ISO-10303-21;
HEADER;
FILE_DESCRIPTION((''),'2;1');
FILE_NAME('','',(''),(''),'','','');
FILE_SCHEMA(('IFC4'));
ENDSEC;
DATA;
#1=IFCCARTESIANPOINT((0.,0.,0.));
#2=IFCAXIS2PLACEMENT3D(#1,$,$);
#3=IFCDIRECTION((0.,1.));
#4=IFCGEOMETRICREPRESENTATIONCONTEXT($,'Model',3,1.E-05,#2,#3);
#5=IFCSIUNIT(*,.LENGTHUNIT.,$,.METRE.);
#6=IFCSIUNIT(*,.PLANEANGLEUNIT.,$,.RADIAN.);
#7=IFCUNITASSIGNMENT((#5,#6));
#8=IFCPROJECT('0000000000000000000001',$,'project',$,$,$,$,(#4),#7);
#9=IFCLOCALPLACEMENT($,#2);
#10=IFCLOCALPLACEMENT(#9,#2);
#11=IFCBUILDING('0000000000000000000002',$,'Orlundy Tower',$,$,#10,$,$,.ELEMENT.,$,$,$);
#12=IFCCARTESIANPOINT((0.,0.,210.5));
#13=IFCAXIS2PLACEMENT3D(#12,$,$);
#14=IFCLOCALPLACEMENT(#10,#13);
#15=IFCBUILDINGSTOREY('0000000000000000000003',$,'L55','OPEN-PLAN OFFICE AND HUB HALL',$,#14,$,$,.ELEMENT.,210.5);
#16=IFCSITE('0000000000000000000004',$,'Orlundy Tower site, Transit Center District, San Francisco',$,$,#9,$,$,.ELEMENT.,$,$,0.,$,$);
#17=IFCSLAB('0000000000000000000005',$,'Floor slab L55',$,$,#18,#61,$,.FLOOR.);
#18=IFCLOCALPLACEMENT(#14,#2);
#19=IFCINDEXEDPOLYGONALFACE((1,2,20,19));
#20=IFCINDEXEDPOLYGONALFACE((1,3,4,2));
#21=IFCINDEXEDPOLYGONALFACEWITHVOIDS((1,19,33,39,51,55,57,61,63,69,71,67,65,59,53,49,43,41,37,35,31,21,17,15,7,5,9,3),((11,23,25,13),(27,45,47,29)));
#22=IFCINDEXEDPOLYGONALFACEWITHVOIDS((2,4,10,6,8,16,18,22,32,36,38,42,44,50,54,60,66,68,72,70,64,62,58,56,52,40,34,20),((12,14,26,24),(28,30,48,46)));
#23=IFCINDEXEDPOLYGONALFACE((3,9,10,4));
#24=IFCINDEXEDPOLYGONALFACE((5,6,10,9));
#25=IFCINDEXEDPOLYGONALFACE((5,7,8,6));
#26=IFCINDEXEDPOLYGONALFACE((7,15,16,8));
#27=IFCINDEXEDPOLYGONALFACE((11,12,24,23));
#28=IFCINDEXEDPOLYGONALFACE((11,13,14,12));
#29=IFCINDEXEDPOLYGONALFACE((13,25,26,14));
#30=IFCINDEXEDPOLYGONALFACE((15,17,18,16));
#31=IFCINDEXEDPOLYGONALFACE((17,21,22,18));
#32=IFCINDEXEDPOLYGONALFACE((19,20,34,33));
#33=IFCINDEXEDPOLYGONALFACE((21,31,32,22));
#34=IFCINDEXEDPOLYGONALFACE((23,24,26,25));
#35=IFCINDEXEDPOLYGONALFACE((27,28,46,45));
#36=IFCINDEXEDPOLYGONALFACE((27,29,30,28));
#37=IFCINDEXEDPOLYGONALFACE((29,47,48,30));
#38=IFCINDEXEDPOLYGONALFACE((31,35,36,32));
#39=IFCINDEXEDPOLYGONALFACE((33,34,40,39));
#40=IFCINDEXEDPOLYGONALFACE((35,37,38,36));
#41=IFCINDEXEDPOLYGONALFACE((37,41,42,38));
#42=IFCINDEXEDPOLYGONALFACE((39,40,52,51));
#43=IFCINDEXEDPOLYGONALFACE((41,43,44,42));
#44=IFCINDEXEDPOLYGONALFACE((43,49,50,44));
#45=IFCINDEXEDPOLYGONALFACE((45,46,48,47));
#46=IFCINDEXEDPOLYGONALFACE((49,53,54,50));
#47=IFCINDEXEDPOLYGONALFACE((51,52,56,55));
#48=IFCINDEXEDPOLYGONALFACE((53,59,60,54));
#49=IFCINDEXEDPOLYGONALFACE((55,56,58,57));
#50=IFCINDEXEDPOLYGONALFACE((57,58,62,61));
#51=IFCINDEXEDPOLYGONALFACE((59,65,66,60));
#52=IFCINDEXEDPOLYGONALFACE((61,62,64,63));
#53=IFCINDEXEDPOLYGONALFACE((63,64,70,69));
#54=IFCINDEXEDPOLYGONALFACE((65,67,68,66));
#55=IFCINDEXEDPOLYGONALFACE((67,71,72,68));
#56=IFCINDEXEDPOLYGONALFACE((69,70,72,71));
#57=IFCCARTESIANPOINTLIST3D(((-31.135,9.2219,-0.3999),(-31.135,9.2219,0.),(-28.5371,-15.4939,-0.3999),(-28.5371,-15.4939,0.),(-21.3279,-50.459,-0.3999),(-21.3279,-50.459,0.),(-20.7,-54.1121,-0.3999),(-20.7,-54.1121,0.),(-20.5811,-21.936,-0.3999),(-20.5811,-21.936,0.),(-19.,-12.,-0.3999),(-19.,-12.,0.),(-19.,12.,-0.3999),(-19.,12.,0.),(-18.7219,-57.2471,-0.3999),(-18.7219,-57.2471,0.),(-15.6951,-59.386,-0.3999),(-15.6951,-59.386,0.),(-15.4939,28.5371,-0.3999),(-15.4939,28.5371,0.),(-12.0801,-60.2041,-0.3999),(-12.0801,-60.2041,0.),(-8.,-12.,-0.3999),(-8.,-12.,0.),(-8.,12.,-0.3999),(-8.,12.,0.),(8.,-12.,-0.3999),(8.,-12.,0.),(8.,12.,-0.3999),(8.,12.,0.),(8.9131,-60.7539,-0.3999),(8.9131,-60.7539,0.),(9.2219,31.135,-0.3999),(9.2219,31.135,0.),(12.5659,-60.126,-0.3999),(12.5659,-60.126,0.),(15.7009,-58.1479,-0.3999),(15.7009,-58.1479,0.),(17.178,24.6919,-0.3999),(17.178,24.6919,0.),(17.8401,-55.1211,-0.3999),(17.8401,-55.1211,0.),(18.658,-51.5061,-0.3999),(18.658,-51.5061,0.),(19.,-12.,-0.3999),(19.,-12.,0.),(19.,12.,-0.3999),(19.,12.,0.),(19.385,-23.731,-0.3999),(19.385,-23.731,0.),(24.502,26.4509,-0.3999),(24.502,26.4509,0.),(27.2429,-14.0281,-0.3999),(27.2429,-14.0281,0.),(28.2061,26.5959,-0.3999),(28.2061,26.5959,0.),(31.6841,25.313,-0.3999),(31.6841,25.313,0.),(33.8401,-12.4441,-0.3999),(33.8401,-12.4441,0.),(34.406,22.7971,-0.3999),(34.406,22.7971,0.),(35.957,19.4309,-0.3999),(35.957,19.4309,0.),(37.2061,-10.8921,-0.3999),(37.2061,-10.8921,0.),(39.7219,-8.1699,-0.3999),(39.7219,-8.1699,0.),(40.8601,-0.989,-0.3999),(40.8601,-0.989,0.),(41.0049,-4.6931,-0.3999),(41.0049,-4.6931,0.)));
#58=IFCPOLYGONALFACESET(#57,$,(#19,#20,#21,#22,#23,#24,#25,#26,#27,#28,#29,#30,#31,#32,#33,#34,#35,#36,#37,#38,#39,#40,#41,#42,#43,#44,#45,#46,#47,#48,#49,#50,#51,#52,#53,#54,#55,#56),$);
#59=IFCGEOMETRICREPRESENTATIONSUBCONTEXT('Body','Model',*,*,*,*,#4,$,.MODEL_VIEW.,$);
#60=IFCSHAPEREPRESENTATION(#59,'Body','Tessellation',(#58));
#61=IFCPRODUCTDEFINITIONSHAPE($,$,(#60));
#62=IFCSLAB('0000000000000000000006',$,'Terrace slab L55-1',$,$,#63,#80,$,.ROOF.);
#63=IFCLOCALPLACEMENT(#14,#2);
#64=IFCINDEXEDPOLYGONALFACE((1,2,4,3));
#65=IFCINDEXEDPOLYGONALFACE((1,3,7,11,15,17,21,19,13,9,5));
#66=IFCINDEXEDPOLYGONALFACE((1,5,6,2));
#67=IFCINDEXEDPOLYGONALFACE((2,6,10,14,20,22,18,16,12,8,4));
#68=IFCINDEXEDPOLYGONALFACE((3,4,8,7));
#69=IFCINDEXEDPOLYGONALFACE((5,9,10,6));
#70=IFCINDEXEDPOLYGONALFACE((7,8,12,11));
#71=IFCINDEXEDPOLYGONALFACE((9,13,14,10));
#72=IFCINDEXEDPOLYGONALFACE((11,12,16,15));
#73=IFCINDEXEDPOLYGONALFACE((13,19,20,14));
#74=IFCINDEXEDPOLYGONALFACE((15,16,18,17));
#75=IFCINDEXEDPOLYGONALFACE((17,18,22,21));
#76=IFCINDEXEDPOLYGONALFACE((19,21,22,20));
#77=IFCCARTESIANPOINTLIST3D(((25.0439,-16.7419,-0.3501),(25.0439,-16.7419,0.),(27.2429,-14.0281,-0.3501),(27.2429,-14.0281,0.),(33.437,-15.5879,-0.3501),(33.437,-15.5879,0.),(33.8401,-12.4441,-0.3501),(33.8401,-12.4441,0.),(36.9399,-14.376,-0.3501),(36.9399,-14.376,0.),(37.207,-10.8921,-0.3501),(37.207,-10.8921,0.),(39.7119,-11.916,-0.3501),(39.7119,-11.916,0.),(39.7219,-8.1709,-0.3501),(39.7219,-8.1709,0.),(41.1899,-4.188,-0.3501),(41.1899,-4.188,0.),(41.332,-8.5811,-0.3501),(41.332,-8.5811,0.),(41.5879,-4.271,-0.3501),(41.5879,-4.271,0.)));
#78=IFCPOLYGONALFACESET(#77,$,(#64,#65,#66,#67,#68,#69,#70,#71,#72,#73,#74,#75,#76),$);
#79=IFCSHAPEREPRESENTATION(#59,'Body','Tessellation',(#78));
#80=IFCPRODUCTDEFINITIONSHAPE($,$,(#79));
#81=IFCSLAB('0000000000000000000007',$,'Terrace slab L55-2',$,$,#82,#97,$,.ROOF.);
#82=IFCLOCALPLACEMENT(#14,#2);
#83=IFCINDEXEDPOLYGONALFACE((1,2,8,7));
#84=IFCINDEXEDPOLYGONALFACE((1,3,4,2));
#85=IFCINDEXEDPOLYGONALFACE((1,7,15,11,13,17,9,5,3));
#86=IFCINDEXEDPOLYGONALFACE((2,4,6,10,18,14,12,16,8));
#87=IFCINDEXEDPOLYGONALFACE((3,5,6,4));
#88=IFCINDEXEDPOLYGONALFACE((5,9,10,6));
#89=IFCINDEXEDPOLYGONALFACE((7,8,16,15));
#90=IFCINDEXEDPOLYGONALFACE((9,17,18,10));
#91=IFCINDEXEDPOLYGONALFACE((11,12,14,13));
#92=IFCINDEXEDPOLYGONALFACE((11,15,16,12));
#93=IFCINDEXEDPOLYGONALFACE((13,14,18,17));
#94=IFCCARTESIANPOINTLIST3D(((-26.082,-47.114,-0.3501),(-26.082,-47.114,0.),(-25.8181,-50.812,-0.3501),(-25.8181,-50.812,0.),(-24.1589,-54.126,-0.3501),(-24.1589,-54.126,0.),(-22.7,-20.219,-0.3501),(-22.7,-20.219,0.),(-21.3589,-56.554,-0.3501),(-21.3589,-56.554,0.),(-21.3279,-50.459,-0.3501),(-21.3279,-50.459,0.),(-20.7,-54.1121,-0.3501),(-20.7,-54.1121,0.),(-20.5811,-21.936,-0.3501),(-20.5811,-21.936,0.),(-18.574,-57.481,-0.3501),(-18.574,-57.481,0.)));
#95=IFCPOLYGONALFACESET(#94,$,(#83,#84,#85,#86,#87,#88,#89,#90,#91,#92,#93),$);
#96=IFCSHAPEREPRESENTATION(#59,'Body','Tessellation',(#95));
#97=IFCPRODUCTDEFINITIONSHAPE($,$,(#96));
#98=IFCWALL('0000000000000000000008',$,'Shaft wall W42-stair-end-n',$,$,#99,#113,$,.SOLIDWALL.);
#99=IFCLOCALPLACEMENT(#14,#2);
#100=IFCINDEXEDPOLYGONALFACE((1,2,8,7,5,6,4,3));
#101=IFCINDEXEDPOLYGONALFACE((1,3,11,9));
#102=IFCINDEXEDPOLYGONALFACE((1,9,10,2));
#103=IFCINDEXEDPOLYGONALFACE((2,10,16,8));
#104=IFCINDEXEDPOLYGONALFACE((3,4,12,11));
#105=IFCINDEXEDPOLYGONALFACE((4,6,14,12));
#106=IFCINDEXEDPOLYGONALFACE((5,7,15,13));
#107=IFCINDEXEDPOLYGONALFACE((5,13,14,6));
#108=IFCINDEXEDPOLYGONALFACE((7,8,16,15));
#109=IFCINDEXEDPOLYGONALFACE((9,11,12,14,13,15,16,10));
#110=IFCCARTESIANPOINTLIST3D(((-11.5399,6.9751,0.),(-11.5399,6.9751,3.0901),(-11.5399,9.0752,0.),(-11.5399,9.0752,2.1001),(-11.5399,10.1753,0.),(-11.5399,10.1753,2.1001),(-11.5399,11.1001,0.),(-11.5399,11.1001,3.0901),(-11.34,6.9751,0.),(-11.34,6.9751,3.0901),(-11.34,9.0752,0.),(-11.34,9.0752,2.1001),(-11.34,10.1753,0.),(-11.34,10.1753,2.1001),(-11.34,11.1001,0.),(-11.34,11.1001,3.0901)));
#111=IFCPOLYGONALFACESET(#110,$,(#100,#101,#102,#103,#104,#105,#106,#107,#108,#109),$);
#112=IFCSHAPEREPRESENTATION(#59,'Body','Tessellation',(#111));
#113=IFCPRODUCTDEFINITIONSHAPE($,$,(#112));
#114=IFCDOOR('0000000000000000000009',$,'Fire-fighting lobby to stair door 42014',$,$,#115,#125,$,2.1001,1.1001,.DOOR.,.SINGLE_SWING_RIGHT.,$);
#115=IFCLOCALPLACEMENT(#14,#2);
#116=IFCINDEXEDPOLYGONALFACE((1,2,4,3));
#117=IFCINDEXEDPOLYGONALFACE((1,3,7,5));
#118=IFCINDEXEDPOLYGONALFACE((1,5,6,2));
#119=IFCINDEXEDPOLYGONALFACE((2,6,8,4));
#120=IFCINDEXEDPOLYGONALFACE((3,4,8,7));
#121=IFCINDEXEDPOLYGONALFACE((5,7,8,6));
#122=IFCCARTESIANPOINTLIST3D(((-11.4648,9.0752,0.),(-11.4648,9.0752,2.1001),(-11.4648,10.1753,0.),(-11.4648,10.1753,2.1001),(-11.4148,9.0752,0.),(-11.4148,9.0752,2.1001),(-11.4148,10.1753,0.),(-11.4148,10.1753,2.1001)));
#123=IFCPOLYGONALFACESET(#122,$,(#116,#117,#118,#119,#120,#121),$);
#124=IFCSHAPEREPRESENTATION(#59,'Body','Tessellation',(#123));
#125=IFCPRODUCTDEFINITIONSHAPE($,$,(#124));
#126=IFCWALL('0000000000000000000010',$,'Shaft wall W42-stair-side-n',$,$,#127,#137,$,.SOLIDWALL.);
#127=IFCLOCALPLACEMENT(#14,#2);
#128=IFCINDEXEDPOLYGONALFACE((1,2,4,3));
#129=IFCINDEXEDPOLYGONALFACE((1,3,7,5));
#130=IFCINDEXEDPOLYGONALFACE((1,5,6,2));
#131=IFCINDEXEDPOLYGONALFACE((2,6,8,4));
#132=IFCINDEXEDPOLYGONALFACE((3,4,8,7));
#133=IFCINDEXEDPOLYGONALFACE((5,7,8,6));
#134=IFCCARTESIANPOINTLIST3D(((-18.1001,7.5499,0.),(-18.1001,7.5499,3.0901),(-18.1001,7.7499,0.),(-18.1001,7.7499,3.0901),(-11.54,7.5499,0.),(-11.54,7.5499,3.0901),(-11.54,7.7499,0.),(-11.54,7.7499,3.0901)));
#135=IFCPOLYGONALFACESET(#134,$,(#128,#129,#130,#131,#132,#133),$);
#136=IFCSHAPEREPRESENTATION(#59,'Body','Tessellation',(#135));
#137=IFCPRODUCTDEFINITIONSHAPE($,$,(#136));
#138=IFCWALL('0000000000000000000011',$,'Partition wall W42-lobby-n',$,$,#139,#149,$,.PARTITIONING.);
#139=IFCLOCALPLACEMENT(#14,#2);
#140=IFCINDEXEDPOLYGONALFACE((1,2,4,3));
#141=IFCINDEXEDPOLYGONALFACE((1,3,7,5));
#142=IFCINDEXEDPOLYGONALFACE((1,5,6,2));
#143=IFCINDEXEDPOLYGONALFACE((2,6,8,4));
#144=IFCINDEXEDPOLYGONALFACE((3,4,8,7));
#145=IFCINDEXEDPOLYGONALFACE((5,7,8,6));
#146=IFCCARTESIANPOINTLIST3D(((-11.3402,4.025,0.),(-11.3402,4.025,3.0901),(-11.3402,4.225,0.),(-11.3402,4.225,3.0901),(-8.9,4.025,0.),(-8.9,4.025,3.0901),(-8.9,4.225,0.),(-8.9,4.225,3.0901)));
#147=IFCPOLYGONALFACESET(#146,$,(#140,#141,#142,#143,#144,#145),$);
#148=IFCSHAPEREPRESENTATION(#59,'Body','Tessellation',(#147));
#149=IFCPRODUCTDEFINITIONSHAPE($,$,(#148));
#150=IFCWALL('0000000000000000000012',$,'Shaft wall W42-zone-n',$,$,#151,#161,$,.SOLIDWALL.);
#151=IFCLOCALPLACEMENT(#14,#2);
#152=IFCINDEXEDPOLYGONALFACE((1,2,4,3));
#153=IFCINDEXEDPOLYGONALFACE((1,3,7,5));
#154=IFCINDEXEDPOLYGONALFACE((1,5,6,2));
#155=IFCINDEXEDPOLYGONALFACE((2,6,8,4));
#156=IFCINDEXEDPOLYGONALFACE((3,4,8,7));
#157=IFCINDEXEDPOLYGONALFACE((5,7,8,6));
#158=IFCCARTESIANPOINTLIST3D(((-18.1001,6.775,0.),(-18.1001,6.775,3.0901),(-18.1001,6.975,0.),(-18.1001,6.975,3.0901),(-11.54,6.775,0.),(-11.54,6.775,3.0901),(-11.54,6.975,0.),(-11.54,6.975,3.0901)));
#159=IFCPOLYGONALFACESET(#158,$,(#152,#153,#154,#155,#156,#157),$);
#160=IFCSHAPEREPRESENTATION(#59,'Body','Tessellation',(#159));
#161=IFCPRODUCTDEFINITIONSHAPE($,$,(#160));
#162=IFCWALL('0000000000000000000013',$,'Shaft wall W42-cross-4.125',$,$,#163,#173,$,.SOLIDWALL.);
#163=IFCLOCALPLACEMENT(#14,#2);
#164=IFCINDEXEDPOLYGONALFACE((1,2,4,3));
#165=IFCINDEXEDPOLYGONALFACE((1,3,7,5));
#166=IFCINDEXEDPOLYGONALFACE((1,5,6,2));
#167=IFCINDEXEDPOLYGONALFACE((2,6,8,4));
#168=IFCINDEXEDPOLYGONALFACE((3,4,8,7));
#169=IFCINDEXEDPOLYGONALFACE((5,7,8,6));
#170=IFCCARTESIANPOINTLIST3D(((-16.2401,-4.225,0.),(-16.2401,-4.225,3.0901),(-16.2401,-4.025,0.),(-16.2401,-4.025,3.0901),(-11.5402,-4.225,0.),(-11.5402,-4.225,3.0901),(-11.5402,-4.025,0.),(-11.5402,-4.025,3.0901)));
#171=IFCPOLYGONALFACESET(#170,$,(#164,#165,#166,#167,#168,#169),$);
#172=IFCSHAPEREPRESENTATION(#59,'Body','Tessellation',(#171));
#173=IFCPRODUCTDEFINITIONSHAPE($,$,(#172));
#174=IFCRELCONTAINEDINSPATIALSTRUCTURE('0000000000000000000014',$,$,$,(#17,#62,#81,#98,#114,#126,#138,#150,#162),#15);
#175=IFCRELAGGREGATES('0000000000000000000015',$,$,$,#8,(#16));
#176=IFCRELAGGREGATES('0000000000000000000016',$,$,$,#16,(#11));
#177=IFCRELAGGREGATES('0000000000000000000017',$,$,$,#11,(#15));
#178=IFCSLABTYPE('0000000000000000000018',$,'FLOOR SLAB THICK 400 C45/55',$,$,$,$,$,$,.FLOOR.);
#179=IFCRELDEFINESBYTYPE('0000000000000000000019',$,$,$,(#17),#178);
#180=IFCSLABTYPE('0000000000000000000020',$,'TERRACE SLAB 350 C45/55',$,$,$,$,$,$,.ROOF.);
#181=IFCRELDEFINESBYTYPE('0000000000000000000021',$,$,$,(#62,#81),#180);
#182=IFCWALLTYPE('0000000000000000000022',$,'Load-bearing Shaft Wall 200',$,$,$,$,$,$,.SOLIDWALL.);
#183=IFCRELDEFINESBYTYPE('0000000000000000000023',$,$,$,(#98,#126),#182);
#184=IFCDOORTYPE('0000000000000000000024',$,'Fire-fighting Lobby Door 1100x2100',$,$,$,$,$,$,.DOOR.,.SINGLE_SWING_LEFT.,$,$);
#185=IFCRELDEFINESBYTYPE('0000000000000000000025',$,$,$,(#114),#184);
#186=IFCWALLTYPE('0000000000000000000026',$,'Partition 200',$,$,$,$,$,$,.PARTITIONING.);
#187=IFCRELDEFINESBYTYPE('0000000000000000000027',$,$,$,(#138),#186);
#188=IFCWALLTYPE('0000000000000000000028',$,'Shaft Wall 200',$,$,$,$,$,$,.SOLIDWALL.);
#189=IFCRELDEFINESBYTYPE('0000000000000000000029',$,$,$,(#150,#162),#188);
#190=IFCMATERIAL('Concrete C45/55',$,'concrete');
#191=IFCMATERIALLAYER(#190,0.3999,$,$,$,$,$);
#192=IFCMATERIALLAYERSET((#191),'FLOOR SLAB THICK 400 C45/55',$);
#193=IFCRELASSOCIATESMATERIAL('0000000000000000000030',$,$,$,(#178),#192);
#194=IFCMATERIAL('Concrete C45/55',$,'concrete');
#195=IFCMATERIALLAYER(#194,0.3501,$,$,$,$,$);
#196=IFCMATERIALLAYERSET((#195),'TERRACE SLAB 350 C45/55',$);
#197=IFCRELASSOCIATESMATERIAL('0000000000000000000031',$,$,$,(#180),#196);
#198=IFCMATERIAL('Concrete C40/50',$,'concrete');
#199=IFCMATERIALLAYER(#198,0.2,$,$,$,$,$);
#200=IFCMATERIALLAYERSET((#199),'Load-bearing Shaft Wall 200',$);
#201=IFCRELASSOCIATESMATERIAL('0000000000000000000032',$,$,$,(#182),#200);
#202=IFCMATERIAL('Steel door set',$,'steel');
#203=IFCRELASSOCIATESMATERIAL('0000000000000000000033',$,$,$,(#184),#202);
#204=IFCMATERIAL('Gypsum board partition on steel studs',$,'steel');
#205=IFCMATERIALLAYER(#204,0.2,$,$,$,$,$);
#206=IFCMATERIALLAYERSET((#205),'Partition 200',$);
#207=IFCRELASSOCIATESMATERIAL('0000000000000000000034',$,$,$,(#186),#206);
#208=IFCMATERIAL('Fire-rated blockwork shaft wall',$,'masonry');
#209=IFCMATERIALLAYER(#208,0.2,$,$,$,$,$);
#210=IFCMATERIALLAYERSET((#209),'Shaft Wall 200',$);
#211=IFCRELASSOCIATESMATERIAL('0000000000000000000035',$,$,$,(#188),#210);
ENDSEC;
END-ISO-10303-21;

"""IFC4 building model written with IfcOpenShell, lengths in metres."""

from ifc_helpers import new_model, si_unit, direction, frame, frame_2d, origin, place, context, subcontext, project, spatial, polyline, rectangle, outline, extrude, material, layer, layer_set, type_object, element, fill, save


model = new_model("IFC4")

# Units and contexts
model_context = context("Model", 3, precision=1e-05, world=origin(), true_north=direction((0.0, 1.0)))
body_context = subcontext(model_context, "Body", "Model", "MODEL_VIEW")
ifc_project = project(units=[si_unit("LENGTHUNIT", "METRE"), si_unit("PLANEANGLEUNIT", "RADIAN")], contexts=[model_context])

# Site, building, storey
site_placement = place(None, origin())
site = spatial("IfcSite", under=ifc_project, at=site_placement, Name="Orlundy Tower site, Transit Center District, San Francisco", CompositionType="ELEMENT", RefElevation=0.0)
building_placement = place(site_placement, origin())
building = spatial("IfcBuilding", under=site, at=building_placement, Name="Orlundy Tower", CompositionType="ELEMENT")
storey_placement = place(building_placement, frame((0.0, 0.0, 210.5)))
storey = spatial("IfcBuildingStorey", under=building, at=storey_placement, Name="L55", Description="OPEN-PLAN OFFICE AND HUB HALL", CompositionType="ELEMENT", Elevation=210.5)

# Slabs
ifc_material_1 = material(Name="Concrete C45/55", Category="concrete")
ifc_layer_1 = layer(ifc_material_1, 0.3999)
ifc_layer_set_1 = layer_set([ifc_layer_1], Name="FLOOR SLAB THICK 400 C45/55")
slab_type_1 = type_object("IfcSlabType", Name="FLOOR SLAB THICK 400 C45/55", PredefinedType="FLOOR", material=ifc_layer_set_1)
slab_1_placement = place(storey_placement, frame((0.0, 0.0, -0.3999)))
element("IfcSlab", 1, at=slab_1_placement, inside=storey, type_object=slab_type_1, Name="Floor slab L55", PredefinedType="FLOOR", context=body_context, shape_type="SweptSolid", body=[
    extrude(outline(polyline([(-20.5811, -21.936), (-28.5371, -15.4939), (-31.135, 9.2219), (-15.4939, 28.5371), (9.2219, 31.135), (17.178, 24.6919), (24.502, 26.4509), (28.2061, 26.5959), (31.6841, 25.313), (34.406, 22.7971), (35.957, 19.4309), (40.8601, -0.989), (41.0049, -4.6931), (39.7219, -8.1699), (37.2061, -10.8921), (33.8401, -12.4441), (27.2429, -14.0281), (19.385, -23.731), (18.658, -51.5061), (17.8401, -55.1211), (15.7009, -58.1479), (12.5659, -60.126), (8.9131, -60.7539), (-12.0801, -60.2041), (-15.6951, -59.386), (-18.7219, -57.2471), (-20.7, -54.1121), (-21.3279, -50.459), (-20.5811, -21.936)]), holes=[polyline([(-8.0, -12.0), (-8.0, 12.0), (-19.0, 12.0), (-19.0, -12.0), (-8.0, -12.0)]), polyline([(19.0, -12.0), (19.0, 12.0), (8.0, 12.0), (8.0, -12.0), (19.0, -12.0)])]), origin(), (0.0, 0.0, 1.0), 0.3999),
])
ifc_material_2 = material(Name="Concrete C45/55", Category="concrete")
ifc_layer_2 = layer(ifc_material_2, 0.3501)
ifc_layer_set_2 = layer_set([ifc_layer_2], Name="TERRACE SLAB 350 C45/55")
slab_type_2 = type_object("IfcSlabType", Name="TERRACE SLAB 350 C45/55", PredefinedType="ROOF", material=ifc_layer_set_2)
slab_2_placement = place(storey_placement, frame((0.0, 0.0, -0.3501)))
element("IfcSlab", 2, at=slab_2_placement, inside=storey, type_object=slab_type_2, Name="Terrace slab L55-1", PredefinedType="ROOF", context=body_context, shape_type="SweptSolid", body=[
    extrude(outline(polyline([(25.0439, -16.7419), (27.2429, -14.0281), (33.8401, -12.4441), (37.207, -10.8921), (39.7219, -8.1709), (41.1899, -4.188), (41.5879, -4.271), (41.332, -8.5811), (39.7119, -11.916), (36.9399, -14.376), (33.437, -15.5879), (25.0439, -16.7419)])), origin(), (0.0, 0.0, 1.0), 0.3501),
])
slab_3_placement = place(storey_placement, frame((0.0, 0.0, -0.3501)))
element("IfcSlab", 3, at=slab_3_placement, inside=storey, type_object=slab_type_2, Name="Terrace slab L55-2", PredefinedType="ROOF", context=body_context, shape_type="SweptSolid", body=[
    extrude(outline(polyline([(-22.7, -20.219), (-20.5811, -21.936), (-21.3279, -50.459), (-20.7, -54.1121), (-18.574, -57.481), (-21.3589, -56.554), (-24.1589, -54.126), (-25.8181, -50.812), (-26.082, -47.114), (-22.7, -20.219)])), origin(), (0.0, 0.0, 1.0), 0.3501),
])

# Wall, opening, door
ifc_material_3 = material(Name="Concrete C40/50", Category="concrete")
ifc_layer_3 = layer(ifc_material_3, 0.2)
ifc_layer_set_3 = layer_set([ifc_layer_3], Name="Load-bearing Shaft Wall 200")
wall_type_1 = type_object("IfcWallType", Name="Load-bearing Shaft Wall 200", PredefinedType="SOLIDWALL", material=ifc_layer_set_3)
wall_1_placement = place(storey_placement, frame((-11.4399, 6.9751, 0.0), z_axis=(0.0, 0.0, 1.0), x_axis=(0.0, 1.0, 0.0)))
wall_1 = element("IfcWall", 4, at=wall_1_placement, inside=storey, type_object=wall_type_1, Name="Shaft wall W42-stair-end-n", PredefinedType="SOLIDWALL", context=body_context, shape_type="SweptSolid", body=[
    extrude(rectangle(XDim=4.125, YDim=0.2, at=frame_2d((2.0625, 0.0))), origin(), (0.0, 0.0, 1.0), 3.0901),
])
opening_placement = place(wall_1_placement, frame((2.1001, 0.0, 0.0)))
opening = element("IfcOpeningElement", 5, at=opening_placement, cuts=wall_1, PredefinedType="OPENING", context=body_context, shape_type="SweptSolid", body=[
    extrude(rectangle(XDim=1.1001, YDim=2.1001, at=frame_2d((0.55, 1.05))), frame((0.0, 0.1101, 0.0), z_axis=(0.0, -1.0, 0.0), x_axis=(1.0, 0.0, 0.0)), (0.0, 0.0, 1.0), 0.2202),
])
ifc_material_4 = material(Name="Steel door set", Category="steel")
door_type = type_object("IfcDoorType", Name="Fire-fighting Lobby Door 1100x2100", OperationType="SINGLE_SWING_LEFT", PredefinedType="DOOR", material=ifc_material_4)
door_placement = place(opening_placement, origin())
door = element("IfcDoor", 6, at=door_placement, inside=storey, type_object=door_type, Name="Fire-fighting lobby to stair door 42014", OperationType="SINGLE_SWING_RIGHT", OverallHeight=2.1001, OverallWidth=1.1001, PredefinedType="DOOR", context=body_context, shape_type="SweptSolid", body=[
    extrude(rectangle(XDim=1.1001, YDim=2.1001, at=frame_2d((0.55, 1.05))), frame((0.0, 0.0249, 0.0), z_axis=(0.0, -1.0, 0.0), x_axis=(1.0, 0.0, 0.0)), (0.0, 0.0, 1.0), 0.05),
])
fill(opening, door)

# Walls
wall_2_placement = place(storey_placement, frame((-11.54, 7.6499, 0.0), z_axis=(0.0, 0.0, 1.0), x_axis=(-1.0, 0.0, 0.0)))
element("IfcWall", 7, at=wall_2_placement, inside=storey, type_object=wall_type_1, Name="Shaft wall W42-stair-side-n", PredefinedType="SOLIDWALL", context=body_context, shape_type="SweptSolid", body=[
    extrude(rectangle(XDim=6.5601, YDim=0.2, at=frame_2d((3.28, 0.0))), origin(), (0.0, 0.0, 1.0), 3.0901),
])
ifc_material_5 = material(Name="Gypsum board partition on steel studs", Category="steel")
ifc_layer_4 = layer(ifc_material_5, 0.2)
ifc_layer_set_4 = layer_set([ifc_layer_4], Name="Partition 200")
wall_type_2 = type_object("IfcWallType", Name="Partition 200", PredefinedType="PARTITIONING", material=ifc_layer_set_4)
wall_3_placement = place(storey_placement, frame((-8.8999, 4.125, 0.0), z_axis=(0.0, 0.0, 1.0), x_axis=(-1.0, 0.0, 0.0)))
element("IfcWall", 8, at=wall_3_placement, inside=storey, type_object=wall_type_2, Name="Partition wall W42-lobby-n", PredefinedType="PARTITIONING", context=body_context, shape_type="SweptSolid", body=[
    extrude(rectangle(XDim=2.4402, YDim=0.2, at=frame_2d((1.2202, 0.0))), origin(), (0.0, 0.0, 1.0), 3.0901),
])
ifc_material_6 = material(Name="Fire-rated blockwork shaft wall", Category="masonry")
ifc_layer_5 = layer(ifc_material_6, 0.2)
ifc_layer_set_5 = layer_set([ifc_layer_5], Name="Shaft Wall 200")
wall_type_3 = type_object("IfcWallType", Name="Shaft Wall 200", PredefinedType="SOLIDWALL", material=ifc_layer_set_5)
wall_4_placement = place(storey_placement, frame((-11.54, 6.875, 0.0), z_axis=(0.0, 0.0, 1.0), x_axis=(-1.0, 0.0, 0.0)))
element("IfcWall", 9, at=wall_4_placement, inside=storey, type_object=wall_type_3, Name="Shaft wall W42-zone-n", PredefinedType="SOLIDWALL", context=body_context, shape_type="SweptSolid", body=[
    extrude(rectangle(XDim=6.5601, YDim=0.2, at=frame_2d((3.28, 0.0))), origin(), (0.0, 0.0, 1.0), 3.0901),
])
wall_5_placement = place(storey_placement, frame((-11.54, -4.125, 0.0), z_axis=(0.0, 0.0, 1.0), x_axis=(-1.0, 0.0, 0.0)))
element("IfcWall", 10, at=wall_5_placement, inside=storey, type_object=wall_type_3, Name="Shaft wall W42-cross-4.125", PredefinedType="SOLIDWALL", context=body_context, shape_type="SweptSolid", body=[
    extrude(rectangle(XDim=4.7, YDim=0.2, at=frame_2d((2.3501, 0.0))), origin(), (0.0, 0.0, 1.0), 3.0901),
])

save(model, "model.ifc")
